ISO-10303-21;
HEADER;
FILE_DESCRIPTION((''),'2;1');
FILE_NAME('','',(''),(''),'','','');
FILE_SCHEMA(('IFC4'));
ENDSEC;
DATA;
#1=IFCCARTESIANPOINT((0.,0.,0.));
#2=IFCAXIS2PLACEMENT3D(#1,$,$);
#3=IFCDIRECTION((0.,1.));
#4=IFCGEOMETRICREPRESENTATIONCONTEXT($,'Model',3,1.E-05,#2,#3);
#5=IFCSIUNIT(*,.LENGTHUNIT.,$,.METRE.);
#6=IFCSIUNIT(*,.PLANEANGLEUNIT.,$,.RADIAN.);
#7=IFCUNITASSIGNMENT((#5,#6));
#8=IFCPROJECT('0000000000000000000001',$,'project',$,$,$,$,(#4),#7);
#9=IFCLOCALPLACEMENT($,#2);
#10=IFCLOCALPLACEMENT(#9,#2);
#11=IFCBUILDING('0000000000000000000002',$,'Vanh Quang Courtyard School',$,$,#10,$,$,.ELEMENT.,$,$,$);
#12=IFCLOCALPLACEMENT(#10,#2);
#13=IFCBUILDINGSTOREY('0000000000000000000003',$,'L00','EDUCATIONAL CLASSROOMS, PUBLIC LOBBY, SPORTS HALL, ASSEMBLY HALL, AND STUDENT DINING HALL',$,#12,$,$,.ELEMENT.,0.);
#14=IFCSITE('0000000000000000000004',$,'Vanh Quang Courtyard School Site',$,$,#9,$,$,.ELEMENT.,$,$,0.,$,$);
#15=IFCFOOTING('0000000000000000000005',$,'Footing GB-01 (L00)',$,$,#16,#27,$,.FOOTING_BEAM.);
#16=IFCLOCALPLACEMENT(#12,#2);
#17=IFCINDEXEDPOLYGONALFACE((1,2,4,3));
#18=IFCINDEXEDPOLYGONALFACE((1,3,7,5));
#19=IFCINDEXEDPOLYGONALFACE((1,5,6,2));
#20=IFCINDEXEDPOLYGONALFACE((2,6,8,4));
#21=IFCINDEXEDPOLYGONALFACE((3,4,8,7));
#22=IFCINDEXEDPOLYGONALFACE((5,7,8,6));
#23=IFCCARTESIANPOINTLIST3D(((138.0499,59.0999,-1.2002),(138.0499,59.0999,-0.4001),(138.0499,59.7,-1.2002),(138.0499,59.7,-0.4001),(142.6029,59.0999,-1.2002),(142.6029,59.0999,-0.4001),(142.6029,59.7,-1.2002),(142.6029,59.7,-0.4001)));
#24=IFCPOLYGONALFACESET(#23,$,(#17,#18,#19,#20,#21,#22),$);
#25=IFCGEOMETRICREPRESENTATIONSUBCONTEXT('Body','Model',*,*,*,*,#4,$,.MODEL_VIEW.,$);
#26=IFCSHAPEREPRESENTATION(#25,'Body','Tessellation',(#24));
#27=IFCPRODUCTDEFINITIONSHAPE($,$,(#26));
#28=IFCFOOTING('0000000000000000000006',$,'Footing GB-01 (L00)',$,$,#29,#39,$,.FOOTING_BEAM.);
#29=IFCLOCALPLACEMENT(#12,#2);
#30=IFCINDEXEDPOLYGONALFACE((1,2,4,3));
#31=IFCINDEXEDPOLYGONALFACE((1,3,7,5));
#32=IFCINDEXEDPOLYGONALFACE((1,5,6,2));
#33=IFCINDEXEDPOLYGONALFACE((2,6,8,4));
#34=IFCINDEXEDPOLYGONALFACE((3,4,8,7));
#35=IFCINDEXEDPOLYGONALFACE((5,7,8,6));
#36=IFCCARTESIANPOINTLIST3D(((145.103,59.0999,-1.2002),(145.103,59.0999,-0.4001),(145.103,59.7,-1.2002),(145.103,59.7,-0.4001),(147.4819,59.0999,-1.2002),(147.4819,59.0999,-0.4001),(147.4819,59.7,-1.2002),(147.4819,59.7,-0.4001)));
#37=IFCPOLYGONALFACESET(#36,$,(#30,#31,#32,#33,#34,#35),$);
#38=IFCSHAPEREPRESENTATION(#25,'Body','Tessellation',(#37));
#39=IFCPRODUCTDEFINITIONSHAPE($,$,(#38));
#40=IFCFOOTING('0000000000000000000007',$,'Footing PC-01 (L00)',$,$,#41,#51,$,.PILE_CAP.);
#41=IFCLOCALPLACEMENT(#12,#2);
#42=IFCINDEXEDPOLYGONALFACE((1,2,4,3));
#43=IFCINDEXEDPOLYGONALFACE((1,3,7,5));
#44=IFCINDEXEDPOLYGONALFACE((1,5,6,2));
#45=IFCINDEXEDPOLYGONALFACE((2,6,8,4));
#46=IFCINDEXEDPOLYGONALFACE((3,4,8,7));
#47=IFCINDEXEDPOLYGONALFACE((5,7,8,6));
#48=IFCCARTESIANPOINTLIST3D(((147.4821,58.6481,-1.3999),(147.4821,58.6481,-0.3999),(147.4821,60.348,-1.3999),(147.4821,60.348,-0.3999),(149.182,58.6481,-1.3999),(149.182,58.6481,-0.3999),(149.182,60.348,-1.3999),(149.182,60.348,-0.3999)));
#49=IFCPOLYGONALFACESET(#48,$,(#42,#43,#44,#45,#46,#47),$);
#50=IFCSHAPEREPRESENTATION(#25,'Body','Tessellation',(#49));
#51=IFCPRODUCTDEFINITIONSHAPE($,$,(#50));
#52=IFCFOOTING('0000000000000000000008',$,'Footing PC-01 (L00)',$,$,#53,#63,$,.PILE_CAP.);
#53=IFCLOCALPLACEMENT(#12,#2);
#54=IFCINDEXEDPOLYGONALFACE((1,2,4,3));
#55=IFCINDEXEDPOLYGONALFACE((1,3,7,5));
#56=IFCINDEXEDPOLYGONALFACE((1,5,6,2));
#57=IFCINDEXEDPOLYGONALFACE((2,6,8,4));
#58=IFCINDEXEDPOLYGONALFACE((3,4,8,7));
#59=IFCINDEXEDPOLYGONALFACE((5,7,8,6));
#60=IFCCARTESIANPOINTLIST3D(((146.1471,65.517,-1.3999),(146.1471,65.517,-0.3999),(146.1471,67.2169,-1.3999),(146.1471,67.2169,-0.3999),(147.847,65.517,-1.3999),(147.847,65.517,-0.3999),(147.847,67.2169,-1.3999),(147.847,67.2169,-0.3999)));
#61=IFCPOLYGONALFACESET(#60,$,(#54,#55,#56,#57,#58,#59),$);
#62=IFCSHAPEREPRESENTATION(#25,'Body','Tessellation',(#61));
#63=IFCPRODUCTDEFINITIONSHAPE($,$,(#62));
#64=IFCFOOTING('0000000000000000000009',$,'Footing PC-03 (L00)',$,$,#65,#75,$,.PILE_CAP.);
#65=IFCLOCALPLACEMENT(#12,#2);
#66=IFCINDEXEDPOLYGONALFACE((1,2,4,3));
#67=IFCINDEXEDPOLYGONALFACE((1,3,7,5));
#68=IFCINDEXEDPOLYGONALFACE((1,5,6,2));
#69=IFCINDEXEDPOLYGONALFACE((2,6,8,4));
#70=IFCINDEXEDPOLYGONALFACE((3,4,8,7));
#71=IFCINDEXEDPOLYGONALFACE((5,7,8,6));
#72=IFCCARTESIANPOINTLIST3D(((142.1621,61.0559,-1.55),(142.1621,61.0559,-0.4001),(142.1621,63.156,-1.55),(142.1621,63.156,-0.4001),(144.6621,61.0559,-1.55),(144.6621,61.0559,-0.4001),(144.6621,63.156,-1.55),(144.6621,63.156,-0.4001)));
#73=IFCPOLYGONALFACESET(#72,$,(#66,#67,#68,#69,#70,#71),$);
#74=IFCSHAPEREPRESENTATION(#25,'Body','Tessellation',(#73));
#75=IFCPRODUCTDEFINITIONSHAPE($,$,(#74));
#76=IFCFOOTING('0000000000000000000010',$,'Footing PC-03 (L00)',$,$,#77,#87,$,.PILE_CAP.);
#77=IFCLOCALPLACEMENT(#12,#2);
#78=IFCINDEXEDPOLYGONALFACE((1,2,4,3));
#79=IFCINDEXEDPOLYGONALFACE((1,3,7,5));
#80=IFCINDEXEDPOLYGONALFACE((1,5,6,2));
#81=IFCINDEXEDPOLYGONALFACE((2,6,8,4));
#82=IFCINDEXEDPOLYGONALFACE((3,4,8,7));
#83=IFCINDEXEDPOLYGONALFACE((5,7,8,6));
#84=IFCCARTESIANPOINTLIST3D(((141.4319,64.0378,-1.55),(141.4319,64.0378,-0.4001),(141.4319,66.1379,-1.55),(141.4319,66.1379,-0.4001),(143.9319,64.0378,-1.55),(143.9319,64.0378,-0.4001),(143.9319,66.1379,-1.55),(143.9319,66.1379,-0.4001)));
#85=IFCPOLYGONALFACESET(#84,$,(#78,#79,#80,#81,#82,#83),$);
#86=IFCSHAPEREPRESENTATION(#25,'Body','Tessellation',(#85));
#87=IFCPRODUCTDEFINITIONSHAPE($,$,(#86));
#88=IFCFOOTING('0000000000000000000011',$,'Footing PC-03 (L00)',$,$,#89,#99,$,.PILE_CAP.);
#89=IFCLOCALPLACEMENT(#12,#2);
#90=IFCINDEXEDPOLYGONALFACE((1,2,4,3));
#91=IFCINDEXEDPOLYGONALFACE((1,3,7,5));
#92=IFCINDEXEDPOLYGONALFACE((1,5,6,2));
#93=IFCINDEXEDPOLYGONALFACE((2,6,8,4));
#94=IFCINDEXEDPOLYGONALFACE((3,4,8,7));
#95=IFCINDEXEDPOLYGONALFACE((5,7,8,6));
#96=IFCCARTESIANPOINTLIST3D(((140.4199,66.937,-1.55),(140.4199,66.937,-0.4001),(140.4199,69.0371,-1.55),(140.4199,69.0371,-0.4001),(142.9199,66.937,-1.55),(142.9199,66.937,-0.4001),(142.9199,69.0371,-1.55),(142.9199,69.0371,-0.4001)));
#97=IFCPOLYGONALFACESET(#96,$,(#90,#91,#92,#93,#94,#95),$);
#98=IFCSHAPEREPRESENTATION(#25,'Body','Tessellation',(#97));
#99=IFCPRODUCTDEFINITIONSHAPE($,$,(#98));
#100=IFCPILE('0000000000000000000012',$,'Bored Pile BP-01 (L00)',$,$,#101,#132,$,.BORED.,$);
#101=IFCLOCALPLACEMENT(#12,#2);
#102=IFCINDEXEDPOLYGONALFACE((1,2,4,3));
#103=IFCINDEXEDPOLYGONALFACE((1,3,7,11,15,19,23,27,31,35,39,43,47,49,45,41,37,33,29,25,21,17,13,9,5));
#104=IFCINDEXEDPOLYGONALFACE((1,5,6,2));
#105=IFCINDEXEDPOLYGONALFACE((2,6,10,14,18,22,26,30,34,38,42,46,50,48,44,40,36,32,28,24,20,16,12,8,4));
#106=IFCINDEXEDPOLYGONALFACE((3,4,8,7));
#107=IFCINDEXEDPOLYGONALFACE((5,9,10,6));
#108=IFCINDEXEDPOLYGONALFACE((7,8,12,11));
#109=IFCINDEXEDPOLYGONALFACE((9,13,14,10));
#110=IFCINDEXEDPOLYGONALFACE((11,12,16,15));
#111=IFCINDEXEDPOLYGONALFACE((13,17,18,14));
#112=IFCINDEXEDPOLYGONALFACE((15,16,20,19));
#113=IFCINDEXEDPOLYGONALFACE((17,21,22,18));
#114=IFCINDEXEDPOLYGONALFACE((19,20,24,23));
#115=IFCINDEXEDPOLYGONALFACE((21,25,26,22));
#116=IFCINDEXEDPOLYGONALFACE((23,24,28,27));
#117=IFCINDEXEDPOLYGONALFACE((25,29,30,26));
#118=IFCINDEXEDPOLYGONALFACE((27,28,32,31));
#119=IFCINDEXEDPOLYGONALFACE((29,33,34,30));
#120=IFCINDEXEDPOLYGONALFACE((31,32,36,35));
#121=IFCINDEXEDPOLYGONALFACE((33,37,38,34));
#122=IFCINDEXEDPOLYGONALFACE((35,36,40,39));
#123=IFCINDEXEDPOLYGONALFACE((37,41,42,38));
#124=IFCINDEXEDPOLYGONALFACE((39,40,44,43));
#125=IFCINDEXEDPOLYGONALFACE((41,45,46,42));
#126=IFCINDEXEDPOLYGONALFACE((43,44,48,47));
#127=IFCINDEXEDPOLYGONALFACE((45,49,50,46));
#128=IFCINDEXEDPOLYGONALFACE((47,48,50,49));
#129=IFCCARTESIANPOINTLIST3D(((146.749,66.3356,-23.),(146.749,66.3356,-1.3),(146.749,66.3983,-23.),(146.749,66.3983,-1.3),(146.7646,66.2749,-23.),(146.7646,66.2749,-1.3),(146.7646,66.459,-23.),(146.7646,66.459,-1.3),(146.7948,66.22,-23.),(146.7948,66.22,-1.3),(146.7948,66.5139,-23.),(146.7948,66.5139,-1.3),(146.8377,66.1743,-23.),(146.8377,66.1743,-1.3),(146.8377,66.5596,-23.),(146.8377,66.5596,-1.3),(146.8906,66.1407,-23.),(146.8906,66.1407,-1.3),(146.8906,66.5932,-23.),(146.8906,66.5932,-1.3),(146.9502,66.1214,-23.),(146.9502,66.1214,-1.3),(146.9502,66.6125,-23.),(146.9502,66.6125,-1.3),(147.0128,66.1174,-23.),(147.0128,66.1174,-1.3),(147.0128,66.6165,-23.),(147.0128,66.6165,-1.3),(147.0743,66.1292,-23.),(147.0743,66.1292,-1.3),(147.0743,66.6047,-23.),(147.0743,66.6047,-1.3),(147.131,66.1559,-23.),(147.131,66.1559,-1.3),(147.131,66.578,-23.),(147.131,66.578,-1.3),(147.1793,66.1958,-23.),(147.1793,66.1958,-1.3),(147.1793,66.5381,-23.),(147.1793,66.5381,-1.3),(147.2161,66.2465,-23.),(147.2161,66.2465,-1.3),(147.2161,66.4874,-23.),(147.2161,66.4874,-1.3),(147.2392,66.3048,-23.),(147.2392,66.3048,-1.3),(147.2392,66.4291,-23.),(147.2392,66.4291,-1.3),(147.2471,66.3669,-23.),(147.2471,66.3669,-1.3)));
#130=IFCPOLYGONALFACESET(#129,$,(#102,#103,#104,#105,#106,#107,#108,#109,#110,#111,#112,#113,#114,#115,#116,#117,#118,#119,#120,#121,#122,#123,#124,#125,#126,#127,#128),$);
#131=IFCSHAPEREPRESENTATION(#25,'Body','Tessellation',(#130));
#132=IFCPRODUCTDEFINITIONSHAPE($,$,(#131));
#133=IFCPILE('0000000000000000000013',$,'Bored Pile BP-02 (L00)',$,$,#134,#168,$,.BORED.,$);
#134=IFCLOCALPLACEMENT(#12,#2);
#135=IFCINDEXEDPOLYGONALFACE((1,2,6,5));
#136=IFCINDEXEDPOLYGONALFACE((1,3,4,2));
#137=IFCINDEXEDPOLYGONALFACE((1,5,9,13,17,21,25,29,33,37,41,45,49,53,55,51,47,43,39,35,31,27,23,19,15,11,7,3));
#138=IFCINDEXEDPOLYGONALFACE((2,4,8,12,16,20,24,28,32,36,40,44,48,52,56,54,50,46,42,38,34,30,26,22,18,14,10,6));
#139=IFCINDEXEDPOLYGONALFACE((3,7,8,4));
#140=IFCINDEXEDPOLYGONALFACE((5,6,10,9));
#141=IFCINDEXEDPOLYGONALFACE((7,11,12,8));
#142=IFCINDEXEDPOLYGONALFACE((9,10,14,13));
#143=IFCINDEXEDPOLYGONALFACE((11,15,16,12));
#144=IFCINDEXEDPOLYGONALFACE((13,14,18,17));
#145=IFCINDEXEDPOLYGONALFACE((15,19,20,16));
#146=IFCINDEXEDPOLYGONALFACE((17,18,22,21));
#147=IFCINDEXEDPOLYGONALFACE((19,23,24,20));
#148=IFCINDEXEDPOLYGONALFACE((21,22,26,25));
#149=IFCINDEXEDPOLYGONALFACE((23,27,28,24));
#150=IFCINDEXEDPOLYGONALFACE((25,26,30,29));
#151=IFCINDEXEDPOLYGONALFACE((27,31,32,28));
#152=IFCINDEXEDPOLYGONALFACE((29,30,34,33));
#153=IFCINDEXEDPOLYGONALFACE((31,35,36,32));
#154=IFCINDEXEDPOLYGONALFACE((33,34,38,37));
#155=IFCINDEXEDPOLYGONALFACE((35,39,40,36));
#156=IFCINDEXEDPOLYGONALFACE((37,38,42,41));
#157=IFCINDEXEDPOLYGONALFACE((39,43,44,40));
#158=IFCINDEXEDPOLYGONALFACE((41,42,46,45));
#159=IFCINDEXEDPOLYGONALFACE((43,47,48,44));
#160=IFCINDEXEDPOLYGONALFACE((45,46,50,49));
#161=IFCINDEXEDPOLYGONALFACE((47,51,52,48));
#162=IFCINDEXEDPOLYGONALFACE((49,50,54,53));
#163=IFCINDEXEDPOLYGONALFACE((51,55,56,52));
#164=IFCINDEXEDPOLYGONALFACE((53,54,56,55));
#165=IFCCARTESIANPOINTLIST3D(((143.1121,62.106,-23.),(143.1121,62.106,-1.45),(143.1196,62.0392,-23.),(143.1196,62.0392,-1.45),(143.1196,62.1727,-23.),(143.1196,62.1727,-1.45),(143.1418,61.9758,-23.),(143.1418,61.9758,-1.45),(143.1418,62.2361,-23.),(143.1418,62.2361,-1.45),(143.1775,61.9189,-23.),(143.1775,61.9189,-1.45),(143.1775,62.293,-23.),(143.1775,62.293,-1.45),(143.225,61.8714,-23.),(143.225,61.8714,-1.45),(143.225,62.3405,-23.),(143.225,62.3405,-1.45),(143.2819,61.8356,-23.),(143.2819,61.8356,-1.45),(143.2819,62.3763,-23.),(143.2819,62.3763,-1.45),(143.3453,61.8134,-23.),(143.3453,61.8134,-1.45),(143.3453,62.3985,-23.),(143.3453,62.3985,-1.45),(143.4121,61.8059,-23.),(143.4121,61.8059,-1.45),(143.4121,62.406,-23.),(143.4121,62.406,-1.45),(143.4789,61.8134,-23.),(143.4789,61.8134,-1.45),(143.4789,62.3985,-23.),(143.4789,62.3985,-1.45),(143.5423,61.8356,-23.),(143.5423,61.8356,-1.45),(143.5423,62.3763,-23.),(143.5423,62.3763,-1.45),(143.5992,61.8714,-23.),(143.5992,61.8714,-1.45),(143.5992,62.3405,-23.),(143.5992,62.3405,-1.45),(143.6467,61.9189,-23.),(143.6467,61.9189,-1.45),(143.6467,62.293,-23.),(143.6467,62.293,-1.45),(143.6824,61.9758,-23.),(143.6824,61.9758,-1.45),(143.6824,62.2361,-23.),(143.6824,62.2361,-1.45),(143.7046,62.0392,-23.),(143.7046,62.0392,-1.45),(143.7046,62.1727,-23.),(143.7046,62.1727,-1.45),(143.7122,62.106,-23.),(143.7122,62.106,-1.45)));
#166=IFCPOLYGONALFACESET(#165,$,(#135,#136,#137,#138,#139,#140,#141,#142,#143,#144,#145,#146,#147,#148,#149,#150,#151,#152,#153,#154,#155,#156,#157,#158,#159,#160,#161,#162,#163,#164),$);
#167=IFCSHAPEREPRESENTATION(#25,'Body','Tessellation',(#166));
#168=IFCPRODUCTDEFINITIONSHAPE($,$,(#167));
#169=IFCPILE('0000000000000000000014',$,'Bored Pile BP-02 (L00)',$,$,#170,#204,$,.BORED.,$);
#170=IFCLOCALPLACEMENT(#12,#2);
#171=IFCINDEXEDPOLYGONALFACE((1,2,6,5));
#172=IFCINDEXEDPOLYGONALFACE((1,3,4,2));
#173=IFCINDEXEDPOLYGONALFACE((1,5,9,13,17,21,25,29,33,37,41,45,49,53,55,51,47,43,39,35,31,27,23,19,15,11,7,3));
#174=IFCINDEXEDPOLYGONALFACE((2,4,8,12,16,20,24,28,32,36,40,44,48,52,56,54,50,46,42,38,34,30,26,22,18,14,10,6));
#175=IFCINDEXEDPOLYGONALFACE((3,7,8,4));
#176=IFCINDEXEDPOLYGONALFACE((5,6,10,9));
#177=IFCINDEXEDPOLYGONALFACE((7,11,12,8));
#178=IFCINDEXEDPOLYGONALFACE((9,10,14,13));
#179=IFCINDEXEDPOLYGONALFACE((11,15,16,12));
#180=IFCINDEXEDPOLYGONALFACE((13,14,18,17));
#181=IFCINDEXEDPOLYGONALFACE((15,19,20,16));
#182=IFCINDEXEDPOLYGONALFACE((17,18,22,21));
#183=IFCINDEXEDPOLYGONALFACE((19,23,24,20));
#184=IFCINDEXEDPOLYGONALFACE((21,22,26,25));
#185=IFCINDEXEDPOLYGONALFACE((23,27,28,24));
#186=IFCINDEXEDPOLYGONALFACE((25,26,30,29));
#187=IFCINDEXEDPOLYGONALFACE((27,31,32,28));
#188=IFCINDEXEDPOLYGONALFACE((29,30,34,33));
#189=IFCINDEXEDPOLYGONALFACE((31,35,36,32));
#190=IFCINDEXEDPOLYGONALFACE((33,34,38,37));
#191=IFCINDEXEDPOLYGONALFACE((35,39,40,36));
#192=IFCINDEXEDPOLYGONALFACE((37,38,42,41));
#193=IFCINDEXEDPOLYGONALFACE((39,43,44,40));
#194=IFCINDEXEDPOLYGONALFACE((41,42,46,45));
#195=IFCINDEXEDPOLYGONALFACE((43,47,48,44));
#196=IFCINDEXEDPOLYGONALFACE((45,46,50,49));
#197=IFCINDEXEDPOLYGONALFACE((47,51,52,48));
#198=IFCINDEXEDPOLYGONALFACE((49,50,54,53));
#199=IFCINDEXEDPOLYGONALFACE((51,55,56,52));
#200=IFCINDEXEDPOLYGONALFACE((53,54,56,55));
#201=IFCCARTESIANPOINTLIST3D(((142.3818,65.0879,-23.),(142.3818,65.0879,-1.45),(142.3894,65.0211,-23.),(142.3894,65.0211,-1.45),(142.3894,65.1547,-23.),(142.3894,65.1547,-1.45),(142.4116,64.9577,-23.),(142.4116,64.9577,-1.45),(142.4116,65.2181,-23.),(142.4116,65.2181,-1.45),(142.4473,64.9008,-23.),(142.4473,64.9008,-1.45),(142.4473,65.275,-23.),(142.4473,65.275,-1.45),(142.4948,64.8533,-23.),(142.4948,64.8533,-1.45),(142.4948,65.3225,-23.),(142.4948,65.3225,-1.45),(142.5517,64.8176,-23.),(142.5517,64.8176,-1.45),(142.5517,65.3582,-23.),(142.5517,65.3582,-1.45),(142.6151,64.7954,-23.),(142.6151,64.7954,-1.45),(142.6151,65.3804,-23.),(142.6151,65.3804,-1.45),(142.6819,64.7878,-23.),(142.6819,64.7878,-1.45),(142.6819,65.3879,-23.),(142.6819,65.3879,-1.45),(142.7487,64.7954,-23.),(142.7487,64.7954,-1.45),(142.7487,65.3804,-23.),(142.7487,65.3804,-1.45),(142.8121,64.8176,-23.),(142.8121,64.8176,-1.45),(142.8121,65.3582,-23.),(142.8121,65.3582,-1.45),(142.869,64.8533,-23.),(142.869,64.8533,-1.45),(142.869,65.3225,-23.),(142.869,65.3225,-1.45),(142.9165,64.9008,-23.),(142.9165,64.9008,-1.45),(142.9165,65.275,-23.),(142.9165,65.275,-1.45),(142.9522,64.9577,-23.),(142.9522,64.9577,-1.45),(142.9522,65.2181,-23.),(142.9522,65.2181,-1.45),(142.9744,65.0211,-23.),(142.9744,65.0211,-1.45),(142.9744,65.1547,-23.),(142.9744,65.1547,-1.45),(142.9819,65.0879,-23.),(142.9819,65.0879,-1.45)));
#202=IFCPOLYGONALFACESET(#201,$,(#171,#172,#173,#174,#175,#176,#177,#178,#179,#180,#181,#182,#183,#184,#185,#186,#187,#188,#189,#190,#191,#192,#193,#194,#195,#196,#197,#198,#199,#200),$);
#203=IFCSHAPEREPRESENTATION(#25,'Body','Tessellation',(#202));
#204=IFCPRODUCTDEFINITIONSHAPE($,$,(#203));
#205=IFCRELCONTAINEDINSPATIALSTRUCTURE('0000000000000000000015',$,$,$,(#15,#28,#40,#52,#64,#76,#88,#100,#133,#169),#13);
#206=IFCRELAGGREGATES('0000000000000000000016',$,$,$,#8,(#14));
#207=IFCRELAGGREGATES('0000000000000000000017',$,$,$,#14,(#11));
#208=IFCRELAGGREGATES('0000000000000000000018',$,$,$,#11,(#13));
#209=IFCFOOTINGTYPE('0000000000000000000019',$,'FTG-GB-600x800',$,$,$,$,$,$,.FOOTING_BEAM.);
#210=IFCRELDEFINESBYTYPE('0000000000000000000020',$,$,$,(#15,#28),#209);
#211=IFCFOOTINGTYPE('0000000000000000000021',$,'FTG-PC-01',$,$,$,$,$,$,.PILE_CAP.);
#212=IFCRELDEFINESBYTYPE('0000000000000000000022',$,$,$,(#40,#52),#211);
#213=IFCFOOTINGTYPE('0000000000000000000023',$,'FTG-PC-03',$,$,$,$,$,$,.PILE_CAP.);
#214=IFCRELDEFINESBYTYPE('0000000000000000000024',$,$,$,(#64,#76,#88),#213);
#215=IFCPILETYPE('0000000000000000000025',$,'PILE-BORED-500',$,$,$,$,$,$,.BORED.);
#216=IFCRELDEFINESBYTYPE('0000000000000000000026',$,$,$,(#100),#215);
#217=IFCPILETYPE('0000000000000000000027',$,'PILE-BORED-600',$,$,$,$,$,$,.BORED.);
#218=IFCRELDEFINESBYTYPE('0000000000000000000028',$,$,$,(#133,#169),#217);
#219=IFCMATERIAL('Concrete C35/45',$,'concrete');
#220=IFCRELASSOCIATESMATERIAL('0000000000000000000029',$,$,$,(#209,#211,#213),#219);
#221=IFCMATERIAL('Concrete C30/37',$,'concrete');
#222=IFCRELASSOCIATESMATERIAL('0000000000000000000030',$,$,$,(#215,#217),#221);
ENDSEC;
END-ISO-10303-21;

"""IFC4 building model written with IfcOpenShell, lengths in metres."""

from ifc_helpers import new_model, si_unit, direction, frame, origin, origin_2d, place, context, subcontext, project, spatial, rectangle, circle, extrude, material, material_profile, profile_set, type_object, element, save


model = new_model("IFC4")

# Units and contexts
model_context = context("Model", 3, precision=1e-05, world=origin(), true_north=direction((0.0, 1.0)))
body_context = subcontext(model_context, "Body", "Model", "MODEL_VIEW")
ifc_project = project(units=[si_unit("LENGTHUNIT", "METRE"), si_unit("PLANEANGLEUNIT", "RADIAN")], contexts=[model_context])

# Site, building, storey
site_placement = place(None, origin())
site = spatial("IfcSite", under=ifc_project, at=site_placement, Name="Vanh Quang Courtyard School Site", CompositionType="ELEMENT", RefElevation=0.0)
building_placement = place(site_placement, origin())
building = spatial("IfcBuilding", under=site, at=building_placement, Name="Vanh Quang Courtyard School", CompositionType="ELEMENT")
storey_placement = place(building_placement, origin())
storey = spatial("IfcBuildingStorey", under=building, at=storey_placement, Name="L00", Description="EDUCATIONAL CLASSROOMS, PUBLIC LOBBY, SPORTS HALL, ASSEMBLY HALL, AND STUDENT DINING HALL", CompositionType="ELEMENT", Elevation=0.0)

# Footings
ifc_material_1 = material(Name="Concrete C35/45", Category="concrete")
footing_type_1 = type_object("IfcFootingType", Name="FTG-GB-600x800", PredefinedType="FOOTING_BEAM", material=ifc_material_1)
footing_1_placement = place(storey_placement, frame((140.3264, 59.3999, -1.2002), z_axis=(0.0, 0.0, 1.0), x_axis=(1.0, 0.0, 0.0)))
element("IfcFooting", 1, at=footing_1_placement, inside=storey, type_object=footing_type_1, Name="Footing GB-01 (L00)", PredefinedType="FOOTING_BEAM", context=body_context, shape_type="SweptSolid", body=[
    extrude(rectangle(XDim=4.553, YDim=0.6001, at=origin_2d()), origin(), (0.0, 0.0, 1.0), 0.8),
])
footing_2_placement = place(storey_placement, frame((146.2925, 59.3999, -1.2002), z_axis=(0.0, 0.0, 1.0), x_axis=(1.0, 0.0, 0.0)))
element("IfcFooting", 2, at=footing_2_placement, inside=storey, type_object=footing_type_1, Name="Footing GB-01 (L00)", PredefinedType="FOOTING_BEAM", context=body_context, shape_type="SweptSolid", body=[
    extrude(rectangle(XDim=2.3789, YDim=0.6001, at=origin_2d()), origin(), (0.0, 0.0, 1.0), 0.8),
])
footing_type_2 = type_object("IfcFootingType", Name="FTG-PC-01", PredefinedType="PILE_CAP", material=ifc_material_1)
for number, where, z_axis, x_axis, name in (
    (3, (148.332, 59.498, -1.3999), (0.0, 0.0, 1.0), (1.0, 0.0, 0.0), "Footing PC-01 (L00)"),
    (4, (146.9971, 66.3669, -1.3999), (0.0, 0.0, 1.0), (1.0, 0.0, 0.0), "Footing PC-01 (L00)"),
):
    element("IfcFooting", number, at=place(storey_placement, frame(where, z_axis=z_axis, x_axis=x_axis)), inside=storey, type_object=footing_type_2, Name=name, PredefinedType="PILE_CAP", context=body_context, shape_type="SweptSolid", body=[
        extrude(rectangle(XDim=1.7, YDim=1.7, at=origin_2d()), origin(), (0.0, 0.0, 1.0), 1.0),
    ])
footing_type_3 = type_object("IfcFootingType", Name="FTG-PC-03", PredefinedType="PILE_CAP", material=ifc_material_1)
for number, where, z_axis, x_axis, name in (
    (5, (143.4121, 62.106, -1.55), (0.0, 0.0, 1.0), (1.0, 0.0, 0.0), "Footing PC-03 (L00)"),
    (6, (142.6819, 65.0879, -1.55), (0.0, 0.0, 1.0), (1.0, 0.0, 0.0), "Footing PC-03 (L00)"),
    (7, (141.6699, 67.9871, -1.55), (0.0, 0.0, 1.0), (1.0, 0.0, 0.0), "Footing PC-03 (L00)"),
):
    element("IfcFooting", number, at=place(storey_placement, frame(where, z_axis=z_axis, x_axis=x_axis)), inside=storey, type_object=footing_type_3, Name=name, PredefinedType="PILE_CAP", context=body_context, shape_type="SweptSolid", body=[
        extrude(rectangle(XDim=2.5, YDim=2.1001, at=origin_2d()), origin(), (0.0, 0.0, 1.0), 1.1499),
    ])

# Piles
ifc_material_2 = material(Name="Concrete C30/37", Category="concrete")
ifc_material_profile_1 = material_profile(ifc_material_2, circle(Radius=0.25, at=origin_2d()), Name="PILE D500")
ifc_profile_set_1 = profile_set([ifc_material_profile_1], Name="Concrete C30/37")
pile_type_1 = type_object("IfcPileType", Name="PILE-BORED-500", PredefinedType="BORED", material=ifc_profile_set_1)
pile_placement = place(storey_placement, frame((146.9971, 66.3669, -1.3), z_axis=(0.0, 0.0, -1.0), x_axis=(1.0, 0.0, 0.0)))
element("IfcPile", 8, at=pile_placement, inside=storey, type_object=pile_type_1, Name="Bored Pile BP-01 (L00)", PredefinedType="BORED", context=body_context, shape_type="SweptSolid", body=[
    extrude(circle(Radius=0.25, at=origin_2d()), origin(), (0.0, 0.0, 1.0), 21.7),
])
ifc_material_profile_2 = material_profile(ifc_material_2, circle(Radius=0.3, at=origin_2d()), Name="PILE D600")
ifc_profile_set_2 = profile_set([ifc_material_profile_2], Name="Concrete C30/37")
pile_type_2 = type_object("IfcPileType", Name="PILE-BORED-600", PredefinedType="BORED", material=ifc_profile_set_2)
for number, where, z_axis, x_axis, name in (
    (9, (143.4121, 62.106, -1.45), (0.0, 0.0, -1.0), (1.0, 0.0, 0.0), "Bored Pile BP-02 (L00)"),
    (10, (142.6819, 65.0879, -1.45), (0.0, 0.0, -1.0), (1.0, 0.0, 0.0), "Bored Pile BP-02 (L00)"),
):
    element("IfcPile", number, at=place(storey_placement, frame(where, z_axis=z_axis, x_axis=x_axis)), inside=storey, type_object=pile_type_2, Name=name, PredefinedType="BORED", context=body_context, shape_type="SweptSolid", body=[
        extrude(circle(Radius=0.3, at=origin_2d()), origin(), (0.0, 0.0, 1.0), 21.55),
    ])

save(model, "model.ifc")
